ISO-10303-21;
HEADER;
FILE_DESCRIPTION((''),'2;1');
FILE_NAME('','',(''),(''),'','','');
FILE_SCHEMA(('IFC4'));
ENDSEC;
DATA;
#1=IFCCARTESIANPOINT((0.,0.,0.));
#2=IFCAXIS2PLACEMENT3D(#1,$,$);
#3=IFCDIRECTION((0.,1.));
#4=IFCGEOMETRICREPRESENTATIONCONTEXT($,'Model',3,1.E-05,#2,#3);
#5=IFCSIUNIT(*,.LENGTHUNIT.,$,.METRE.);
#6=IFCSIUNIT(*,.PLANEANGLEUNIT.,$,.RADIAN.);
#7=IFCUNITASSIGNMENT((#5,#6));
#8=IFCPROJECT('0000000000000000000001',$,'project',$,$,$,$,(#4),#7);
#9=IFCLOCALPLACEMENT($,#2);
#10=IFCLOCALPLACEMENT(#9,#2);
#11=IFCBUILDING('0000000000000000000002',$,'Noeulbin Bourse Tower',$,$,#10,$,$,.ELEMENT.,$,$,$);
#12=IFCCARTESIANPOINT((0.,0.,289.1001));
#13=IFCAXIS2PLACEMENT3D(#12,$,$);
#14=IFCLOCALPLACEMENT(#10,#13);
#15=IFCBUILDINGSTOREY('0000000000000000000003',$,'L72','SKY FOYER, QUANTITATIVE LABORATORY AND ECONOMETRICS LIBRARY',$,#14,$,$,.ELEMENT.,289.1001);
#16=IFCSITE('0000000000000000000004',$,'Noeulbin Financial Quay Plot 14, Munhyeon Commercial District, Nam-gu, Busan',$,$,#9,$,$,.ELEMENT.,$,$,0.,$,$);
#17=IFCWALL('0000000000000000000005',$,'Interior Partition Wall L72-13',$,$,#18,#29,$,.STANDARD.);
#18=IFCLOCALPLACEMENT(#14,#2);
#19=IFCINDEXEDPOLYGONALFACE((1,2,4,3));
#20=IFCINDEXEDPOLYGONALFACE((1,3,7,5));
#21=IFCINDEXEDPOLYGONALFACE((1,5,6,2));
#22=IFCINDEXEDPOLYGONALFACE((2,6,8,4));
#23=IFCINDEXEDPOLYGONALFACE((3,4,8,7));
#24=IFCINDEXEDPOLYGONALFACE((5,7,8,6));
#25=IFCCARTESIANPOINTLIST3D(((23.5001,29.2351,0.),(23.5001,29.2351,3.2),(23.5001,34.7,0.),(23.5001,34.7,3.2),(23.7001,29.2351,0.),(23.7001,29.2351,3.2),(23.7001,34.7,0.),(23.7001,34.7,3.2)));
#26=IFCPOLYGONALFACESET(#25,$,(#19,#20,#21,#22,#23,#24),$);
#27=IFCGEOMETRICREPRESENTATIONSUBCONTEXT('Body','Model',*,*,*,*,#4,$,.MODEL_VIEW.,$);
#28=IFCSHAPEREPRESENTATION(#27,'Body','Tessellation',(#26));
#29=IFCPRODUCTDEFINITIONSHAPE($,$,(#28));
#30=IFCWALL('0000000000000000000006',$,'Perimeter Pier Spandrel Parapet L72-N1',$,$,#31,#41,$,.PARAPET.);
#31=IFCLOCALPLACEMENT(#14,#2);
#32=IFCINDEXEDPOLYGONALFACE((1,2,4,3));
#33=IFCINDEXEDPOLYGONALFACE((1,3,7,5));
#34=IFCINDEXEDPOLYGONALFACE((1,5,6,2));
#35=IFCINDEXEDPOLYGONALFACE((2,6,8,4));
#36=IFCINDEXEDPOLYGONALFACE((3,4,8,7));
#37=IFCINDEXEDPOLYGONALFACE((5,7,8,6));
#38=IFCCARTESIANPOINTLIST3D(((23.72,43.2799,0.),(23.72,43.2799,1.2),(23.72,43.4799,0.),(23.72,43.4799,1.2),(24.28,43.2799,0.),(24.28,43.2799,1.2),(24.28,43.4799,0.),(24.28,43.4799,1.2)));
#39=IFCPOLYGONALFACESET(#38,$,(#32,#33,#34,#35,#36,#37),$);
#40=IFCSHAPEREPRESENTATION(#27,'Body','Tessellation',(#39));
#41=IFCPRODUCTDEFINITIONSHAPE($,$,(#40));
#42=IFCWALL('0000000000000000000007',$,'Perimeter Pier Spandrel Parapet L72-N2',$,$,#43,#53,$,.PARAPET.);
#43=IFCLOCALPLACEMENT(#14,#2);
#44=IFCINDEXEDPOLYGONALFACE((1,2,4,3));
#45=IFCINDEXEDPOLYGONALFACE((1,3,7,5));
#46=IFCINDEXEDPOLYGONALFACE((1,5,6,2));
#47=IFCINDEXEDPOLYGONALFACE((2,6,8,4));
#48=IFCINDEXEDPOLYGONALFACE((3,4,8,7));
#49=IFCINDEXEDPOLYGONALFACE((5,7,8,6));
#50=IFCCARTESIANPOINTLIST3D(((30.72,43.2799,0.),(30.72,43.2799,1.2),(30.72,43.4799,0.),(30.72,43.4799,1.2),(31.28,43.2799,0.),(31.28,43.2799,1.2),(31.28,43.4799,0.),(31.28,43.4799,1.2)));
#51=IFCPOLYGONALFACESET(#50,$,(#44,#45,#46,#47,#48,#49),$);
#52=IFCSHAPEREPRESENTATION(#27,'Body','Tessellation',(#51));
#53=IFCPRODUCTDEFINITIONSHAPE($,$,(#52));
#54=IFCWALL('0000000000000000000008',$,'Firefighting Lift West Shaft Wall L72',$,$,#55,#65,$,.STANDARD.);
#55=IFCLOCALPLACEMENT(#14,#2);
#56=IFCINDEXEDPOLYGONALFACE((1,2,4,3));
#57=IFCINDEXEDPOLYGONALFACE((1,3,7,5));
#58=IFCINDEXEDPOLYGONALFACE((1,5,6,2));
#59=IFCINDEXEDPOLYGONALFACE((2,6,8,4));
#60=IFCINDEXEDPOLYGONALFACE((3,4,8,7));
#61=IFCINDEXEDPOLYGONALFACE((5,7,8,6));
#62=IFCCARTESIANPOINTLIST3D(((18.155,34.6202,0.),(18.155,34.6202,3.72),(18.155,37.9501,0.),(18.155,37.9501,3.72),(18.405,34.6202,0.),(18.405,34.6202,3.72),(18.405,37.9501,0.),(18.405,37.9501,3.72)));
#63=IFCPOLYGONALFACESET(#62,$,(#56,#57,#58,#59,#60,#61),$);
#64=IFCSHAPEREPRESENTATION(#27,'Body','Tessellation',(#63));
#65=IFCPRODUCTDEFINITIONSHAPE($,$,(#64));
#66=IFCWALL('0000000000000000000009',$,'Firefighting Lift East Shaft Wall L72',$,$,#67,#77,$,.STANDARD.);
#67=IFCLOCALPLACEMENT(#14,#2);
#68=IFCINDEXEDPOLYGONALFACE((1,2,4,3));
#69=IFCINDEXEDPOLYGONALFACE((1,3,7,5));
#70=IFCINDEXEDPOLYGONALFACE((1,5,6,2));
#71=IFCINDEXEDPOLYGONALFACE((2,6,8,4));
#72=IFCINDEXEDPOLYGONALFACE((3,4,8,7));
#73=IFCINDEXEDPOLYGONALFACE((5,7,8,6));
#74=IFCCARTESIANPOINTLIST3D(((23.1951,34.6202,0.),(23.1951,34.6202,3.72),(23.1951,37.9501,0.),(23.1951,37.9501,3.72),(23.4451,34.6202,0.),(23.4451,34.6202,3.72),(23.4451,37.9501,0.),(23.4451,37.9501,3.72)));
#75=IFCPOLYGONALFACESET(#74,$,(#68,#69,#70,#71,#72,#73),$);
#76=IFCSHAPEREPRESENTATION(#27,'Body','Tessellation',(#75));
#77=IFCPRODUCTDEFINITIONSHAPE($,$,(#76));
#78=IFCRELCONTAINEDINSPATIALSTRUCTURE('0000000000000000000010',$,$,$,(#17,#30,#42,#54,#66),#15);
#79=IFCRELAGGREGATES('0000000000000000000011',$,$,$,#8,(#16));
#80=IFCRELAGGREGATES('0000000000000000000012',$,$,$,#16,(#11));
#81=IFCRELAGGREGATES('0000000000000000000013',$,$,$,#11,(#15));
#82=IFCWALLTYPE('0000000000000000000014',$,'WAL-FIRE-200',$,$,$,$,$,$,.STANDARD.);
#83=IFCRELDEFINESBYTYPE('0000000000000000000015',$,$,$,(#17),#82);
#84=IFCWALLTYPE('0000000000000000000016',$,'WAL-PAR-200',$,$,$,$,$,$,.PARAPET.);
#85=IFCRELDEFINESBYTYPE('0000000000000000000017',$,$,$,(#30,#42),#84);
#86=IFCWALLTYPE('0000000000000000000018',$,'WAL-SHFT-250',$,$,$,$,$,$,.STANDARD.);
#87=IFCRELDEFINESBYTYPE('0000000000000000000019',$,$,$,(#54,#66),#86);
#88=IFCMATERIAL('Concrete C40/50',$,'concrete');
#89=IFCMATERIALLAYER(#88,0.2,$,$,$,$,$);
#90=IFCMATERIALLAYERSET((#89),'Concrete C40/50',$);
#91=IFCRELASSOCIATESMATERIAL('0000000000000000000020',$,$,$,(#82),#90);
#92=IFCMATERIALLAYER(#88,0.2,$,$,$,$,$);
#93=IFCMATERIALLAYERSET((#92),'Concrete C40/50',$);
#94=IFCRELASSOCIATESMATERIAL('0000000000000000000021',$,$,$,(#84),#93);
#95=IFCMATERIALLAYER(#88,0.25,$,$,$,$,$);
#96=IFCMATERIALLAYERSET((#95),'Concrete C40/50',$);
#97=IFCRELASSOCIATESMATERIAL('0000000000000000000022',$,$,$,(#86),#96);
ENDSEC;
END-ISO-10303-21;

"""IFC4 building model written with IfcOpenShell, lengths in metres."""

from ifc_helpers import new_model, si_unit, direction, frame, frame_2d, origin, place, context, subcontext, project, spatial, rectangle, extrude, material, layer, layer_set, type_object, element, save


model = new_model("IFC4")

# Units and contexts
model_context = context("Model", 3, precision=1e-05, world=origin(), true_north=direction((0.0, 1.0)))
body_context = subcontext(model_context, "Body", "Model", "MODEL_VIEW")
ifc_project = project(units=[si_unit("LENGTHUNIT", "METRE"), si_unit("PLANEANGLEUNIT", "RADIAN")], contexts=[model_context])

# Site, building, storey
site_placement = place(None, origin())
site = spatial("IfcSite", under=ifc_project, at=site_placement, Name="Noeulbin Financial Quay Plot 14, Munhyeon Commercial District, Nam-gu, Busan", CompositionType="ELEMENT", RefElevation=0.0)
building_placement = place(site_placement, origin())
building = spatial("IfcBuilding", under=site, at=building_placement, Name="Noeulbin Bourse Tower", CompositionType="ELEMENT")
storey_placement = place(building_placement, frame((0.0, 0.0, 289.1001)))
storey = spatial("IfcBuildingStorey", under=building, at=storey_placement, Name="L72", Description="SKY FOYER, QUANTITATIVE LABORATORY AND ECONOMETRICS LIBRARY", CompositionType="ELEMENT", Elevation=289.1001)

# Shared definitions
ifc_material_1 = material(Name="Concrete C40/50", Category="concrete")
ifc_layer_1 = layer(ifc_material_1, 0.2)
ifc_layer_set_1 = layer_set([ifc_layer_1], Name="Concrete C40/50")
wall_type_1 = type_object("IfcWallType", Name="WAL-FIRE-200", PredefinedType="STANDARD", material=ifc_layer_set_1)

# Walls
wall_1_placement = place(storey_placement, frame((23.6001, 29.2351, 0.0), z_axis=(0.0, 0.0, 1.0), x_axis=(0.0, 1.0, 0.0)))
element("IfcWall", 1, at=wall_1_placement, inside=storey, type_object=wall_type_1, Name="Interior Partition Wall L72-13", PredefinedType="STANDARD", context=body_context, shape_type="SweptSolid", body=[
    extrude(rectangle(XDim=5.4648, YDim=0.2, at=frame_2d((2.7324, 0.0))), origin(), (0.0, 0.0, 1.0), 3.2),
])
ifc_layer_2 = layer(ifc_material_1, 0.2)
ifc_layer_set_2 = layer_set([ifc_layer_2], Name="Concrete C40/50")
wall_type_2 = type_object("IfcWallType", Name="WAL-PAR-200", PredefinedType="PARAPET", material=ifc_layer_set_2)
for number, where, z_axis, x_axis, name in (
    (2, (23.72, 43.3799, 0.0), (0.0, 0.0, 1.0), (1.0, 0.0, 0.0), "Perimeter Pier Spandrel Parapet L72-N1"),
    (3, (30.72, 43.3799, 0.0), (0.0, 0.0, 1.0), (1.0, 0.0, 0.0), "Perimeter Pier Spandrel Parapet L72-N2"),
):
    element("IfcWall", number, at=place(storey_placement, frame(where, z_axis=z_axis, x_axis=x_axis)), inside=storey, type_object=wall_type_2, Name=name, PredefinedType="PARAPET", context=body_context, shape_type="SweptSolid", body=[
        extrude(rectangle(XDim=0.5601, YDim=0.2, at=frame_2d((0.28, 0.0))), origin(), (0.0, 0.0, 1.0), 1.2),
    ])
ifc_layer_3 = layer(ifc_material_1, 0.25)
ifc_layer_set_3 = layer_set([ifc_layer_3], Name="Concrete C40/50")
wall_type_3 = type_object("IfcWallType", Name="WAL-SHFT-250", PredefinedType="STANDARD", material=ifc_layer_set_3)
for number, where, z_axis, x_axis, name in (
    (4, (18.28, 34.6201, 0.0), (0.0, 0.0, 1.0), (0.0, 1.0, 0.0), "Firefighting Lift West Shaft Wall L72"),
    (5, (23.3201, 34.6201, 0.0), (0.0, 0.0, 1.0), (0.0, 1.0, 0.0), "Firefighting Lift East Shaft Wall L72"),
):
    element("IfcWall", number, at=place(storey_placement, frame(where, z_axis=z_axis, x_axis=x_axis)), inside=storey, type_object=wall_type_3, Name=name, PredefinedType="STANDARD", context=body_context, shape_type="SweptSolid", body=[
        extrude(rectangle(XDim=3.3298, YDim=0.25, at=frame_2d((1.665, 0.0))), origin(), (0.0, 0.0, 1.0), 3.72),
    ])

save(model, "model.ifc")
